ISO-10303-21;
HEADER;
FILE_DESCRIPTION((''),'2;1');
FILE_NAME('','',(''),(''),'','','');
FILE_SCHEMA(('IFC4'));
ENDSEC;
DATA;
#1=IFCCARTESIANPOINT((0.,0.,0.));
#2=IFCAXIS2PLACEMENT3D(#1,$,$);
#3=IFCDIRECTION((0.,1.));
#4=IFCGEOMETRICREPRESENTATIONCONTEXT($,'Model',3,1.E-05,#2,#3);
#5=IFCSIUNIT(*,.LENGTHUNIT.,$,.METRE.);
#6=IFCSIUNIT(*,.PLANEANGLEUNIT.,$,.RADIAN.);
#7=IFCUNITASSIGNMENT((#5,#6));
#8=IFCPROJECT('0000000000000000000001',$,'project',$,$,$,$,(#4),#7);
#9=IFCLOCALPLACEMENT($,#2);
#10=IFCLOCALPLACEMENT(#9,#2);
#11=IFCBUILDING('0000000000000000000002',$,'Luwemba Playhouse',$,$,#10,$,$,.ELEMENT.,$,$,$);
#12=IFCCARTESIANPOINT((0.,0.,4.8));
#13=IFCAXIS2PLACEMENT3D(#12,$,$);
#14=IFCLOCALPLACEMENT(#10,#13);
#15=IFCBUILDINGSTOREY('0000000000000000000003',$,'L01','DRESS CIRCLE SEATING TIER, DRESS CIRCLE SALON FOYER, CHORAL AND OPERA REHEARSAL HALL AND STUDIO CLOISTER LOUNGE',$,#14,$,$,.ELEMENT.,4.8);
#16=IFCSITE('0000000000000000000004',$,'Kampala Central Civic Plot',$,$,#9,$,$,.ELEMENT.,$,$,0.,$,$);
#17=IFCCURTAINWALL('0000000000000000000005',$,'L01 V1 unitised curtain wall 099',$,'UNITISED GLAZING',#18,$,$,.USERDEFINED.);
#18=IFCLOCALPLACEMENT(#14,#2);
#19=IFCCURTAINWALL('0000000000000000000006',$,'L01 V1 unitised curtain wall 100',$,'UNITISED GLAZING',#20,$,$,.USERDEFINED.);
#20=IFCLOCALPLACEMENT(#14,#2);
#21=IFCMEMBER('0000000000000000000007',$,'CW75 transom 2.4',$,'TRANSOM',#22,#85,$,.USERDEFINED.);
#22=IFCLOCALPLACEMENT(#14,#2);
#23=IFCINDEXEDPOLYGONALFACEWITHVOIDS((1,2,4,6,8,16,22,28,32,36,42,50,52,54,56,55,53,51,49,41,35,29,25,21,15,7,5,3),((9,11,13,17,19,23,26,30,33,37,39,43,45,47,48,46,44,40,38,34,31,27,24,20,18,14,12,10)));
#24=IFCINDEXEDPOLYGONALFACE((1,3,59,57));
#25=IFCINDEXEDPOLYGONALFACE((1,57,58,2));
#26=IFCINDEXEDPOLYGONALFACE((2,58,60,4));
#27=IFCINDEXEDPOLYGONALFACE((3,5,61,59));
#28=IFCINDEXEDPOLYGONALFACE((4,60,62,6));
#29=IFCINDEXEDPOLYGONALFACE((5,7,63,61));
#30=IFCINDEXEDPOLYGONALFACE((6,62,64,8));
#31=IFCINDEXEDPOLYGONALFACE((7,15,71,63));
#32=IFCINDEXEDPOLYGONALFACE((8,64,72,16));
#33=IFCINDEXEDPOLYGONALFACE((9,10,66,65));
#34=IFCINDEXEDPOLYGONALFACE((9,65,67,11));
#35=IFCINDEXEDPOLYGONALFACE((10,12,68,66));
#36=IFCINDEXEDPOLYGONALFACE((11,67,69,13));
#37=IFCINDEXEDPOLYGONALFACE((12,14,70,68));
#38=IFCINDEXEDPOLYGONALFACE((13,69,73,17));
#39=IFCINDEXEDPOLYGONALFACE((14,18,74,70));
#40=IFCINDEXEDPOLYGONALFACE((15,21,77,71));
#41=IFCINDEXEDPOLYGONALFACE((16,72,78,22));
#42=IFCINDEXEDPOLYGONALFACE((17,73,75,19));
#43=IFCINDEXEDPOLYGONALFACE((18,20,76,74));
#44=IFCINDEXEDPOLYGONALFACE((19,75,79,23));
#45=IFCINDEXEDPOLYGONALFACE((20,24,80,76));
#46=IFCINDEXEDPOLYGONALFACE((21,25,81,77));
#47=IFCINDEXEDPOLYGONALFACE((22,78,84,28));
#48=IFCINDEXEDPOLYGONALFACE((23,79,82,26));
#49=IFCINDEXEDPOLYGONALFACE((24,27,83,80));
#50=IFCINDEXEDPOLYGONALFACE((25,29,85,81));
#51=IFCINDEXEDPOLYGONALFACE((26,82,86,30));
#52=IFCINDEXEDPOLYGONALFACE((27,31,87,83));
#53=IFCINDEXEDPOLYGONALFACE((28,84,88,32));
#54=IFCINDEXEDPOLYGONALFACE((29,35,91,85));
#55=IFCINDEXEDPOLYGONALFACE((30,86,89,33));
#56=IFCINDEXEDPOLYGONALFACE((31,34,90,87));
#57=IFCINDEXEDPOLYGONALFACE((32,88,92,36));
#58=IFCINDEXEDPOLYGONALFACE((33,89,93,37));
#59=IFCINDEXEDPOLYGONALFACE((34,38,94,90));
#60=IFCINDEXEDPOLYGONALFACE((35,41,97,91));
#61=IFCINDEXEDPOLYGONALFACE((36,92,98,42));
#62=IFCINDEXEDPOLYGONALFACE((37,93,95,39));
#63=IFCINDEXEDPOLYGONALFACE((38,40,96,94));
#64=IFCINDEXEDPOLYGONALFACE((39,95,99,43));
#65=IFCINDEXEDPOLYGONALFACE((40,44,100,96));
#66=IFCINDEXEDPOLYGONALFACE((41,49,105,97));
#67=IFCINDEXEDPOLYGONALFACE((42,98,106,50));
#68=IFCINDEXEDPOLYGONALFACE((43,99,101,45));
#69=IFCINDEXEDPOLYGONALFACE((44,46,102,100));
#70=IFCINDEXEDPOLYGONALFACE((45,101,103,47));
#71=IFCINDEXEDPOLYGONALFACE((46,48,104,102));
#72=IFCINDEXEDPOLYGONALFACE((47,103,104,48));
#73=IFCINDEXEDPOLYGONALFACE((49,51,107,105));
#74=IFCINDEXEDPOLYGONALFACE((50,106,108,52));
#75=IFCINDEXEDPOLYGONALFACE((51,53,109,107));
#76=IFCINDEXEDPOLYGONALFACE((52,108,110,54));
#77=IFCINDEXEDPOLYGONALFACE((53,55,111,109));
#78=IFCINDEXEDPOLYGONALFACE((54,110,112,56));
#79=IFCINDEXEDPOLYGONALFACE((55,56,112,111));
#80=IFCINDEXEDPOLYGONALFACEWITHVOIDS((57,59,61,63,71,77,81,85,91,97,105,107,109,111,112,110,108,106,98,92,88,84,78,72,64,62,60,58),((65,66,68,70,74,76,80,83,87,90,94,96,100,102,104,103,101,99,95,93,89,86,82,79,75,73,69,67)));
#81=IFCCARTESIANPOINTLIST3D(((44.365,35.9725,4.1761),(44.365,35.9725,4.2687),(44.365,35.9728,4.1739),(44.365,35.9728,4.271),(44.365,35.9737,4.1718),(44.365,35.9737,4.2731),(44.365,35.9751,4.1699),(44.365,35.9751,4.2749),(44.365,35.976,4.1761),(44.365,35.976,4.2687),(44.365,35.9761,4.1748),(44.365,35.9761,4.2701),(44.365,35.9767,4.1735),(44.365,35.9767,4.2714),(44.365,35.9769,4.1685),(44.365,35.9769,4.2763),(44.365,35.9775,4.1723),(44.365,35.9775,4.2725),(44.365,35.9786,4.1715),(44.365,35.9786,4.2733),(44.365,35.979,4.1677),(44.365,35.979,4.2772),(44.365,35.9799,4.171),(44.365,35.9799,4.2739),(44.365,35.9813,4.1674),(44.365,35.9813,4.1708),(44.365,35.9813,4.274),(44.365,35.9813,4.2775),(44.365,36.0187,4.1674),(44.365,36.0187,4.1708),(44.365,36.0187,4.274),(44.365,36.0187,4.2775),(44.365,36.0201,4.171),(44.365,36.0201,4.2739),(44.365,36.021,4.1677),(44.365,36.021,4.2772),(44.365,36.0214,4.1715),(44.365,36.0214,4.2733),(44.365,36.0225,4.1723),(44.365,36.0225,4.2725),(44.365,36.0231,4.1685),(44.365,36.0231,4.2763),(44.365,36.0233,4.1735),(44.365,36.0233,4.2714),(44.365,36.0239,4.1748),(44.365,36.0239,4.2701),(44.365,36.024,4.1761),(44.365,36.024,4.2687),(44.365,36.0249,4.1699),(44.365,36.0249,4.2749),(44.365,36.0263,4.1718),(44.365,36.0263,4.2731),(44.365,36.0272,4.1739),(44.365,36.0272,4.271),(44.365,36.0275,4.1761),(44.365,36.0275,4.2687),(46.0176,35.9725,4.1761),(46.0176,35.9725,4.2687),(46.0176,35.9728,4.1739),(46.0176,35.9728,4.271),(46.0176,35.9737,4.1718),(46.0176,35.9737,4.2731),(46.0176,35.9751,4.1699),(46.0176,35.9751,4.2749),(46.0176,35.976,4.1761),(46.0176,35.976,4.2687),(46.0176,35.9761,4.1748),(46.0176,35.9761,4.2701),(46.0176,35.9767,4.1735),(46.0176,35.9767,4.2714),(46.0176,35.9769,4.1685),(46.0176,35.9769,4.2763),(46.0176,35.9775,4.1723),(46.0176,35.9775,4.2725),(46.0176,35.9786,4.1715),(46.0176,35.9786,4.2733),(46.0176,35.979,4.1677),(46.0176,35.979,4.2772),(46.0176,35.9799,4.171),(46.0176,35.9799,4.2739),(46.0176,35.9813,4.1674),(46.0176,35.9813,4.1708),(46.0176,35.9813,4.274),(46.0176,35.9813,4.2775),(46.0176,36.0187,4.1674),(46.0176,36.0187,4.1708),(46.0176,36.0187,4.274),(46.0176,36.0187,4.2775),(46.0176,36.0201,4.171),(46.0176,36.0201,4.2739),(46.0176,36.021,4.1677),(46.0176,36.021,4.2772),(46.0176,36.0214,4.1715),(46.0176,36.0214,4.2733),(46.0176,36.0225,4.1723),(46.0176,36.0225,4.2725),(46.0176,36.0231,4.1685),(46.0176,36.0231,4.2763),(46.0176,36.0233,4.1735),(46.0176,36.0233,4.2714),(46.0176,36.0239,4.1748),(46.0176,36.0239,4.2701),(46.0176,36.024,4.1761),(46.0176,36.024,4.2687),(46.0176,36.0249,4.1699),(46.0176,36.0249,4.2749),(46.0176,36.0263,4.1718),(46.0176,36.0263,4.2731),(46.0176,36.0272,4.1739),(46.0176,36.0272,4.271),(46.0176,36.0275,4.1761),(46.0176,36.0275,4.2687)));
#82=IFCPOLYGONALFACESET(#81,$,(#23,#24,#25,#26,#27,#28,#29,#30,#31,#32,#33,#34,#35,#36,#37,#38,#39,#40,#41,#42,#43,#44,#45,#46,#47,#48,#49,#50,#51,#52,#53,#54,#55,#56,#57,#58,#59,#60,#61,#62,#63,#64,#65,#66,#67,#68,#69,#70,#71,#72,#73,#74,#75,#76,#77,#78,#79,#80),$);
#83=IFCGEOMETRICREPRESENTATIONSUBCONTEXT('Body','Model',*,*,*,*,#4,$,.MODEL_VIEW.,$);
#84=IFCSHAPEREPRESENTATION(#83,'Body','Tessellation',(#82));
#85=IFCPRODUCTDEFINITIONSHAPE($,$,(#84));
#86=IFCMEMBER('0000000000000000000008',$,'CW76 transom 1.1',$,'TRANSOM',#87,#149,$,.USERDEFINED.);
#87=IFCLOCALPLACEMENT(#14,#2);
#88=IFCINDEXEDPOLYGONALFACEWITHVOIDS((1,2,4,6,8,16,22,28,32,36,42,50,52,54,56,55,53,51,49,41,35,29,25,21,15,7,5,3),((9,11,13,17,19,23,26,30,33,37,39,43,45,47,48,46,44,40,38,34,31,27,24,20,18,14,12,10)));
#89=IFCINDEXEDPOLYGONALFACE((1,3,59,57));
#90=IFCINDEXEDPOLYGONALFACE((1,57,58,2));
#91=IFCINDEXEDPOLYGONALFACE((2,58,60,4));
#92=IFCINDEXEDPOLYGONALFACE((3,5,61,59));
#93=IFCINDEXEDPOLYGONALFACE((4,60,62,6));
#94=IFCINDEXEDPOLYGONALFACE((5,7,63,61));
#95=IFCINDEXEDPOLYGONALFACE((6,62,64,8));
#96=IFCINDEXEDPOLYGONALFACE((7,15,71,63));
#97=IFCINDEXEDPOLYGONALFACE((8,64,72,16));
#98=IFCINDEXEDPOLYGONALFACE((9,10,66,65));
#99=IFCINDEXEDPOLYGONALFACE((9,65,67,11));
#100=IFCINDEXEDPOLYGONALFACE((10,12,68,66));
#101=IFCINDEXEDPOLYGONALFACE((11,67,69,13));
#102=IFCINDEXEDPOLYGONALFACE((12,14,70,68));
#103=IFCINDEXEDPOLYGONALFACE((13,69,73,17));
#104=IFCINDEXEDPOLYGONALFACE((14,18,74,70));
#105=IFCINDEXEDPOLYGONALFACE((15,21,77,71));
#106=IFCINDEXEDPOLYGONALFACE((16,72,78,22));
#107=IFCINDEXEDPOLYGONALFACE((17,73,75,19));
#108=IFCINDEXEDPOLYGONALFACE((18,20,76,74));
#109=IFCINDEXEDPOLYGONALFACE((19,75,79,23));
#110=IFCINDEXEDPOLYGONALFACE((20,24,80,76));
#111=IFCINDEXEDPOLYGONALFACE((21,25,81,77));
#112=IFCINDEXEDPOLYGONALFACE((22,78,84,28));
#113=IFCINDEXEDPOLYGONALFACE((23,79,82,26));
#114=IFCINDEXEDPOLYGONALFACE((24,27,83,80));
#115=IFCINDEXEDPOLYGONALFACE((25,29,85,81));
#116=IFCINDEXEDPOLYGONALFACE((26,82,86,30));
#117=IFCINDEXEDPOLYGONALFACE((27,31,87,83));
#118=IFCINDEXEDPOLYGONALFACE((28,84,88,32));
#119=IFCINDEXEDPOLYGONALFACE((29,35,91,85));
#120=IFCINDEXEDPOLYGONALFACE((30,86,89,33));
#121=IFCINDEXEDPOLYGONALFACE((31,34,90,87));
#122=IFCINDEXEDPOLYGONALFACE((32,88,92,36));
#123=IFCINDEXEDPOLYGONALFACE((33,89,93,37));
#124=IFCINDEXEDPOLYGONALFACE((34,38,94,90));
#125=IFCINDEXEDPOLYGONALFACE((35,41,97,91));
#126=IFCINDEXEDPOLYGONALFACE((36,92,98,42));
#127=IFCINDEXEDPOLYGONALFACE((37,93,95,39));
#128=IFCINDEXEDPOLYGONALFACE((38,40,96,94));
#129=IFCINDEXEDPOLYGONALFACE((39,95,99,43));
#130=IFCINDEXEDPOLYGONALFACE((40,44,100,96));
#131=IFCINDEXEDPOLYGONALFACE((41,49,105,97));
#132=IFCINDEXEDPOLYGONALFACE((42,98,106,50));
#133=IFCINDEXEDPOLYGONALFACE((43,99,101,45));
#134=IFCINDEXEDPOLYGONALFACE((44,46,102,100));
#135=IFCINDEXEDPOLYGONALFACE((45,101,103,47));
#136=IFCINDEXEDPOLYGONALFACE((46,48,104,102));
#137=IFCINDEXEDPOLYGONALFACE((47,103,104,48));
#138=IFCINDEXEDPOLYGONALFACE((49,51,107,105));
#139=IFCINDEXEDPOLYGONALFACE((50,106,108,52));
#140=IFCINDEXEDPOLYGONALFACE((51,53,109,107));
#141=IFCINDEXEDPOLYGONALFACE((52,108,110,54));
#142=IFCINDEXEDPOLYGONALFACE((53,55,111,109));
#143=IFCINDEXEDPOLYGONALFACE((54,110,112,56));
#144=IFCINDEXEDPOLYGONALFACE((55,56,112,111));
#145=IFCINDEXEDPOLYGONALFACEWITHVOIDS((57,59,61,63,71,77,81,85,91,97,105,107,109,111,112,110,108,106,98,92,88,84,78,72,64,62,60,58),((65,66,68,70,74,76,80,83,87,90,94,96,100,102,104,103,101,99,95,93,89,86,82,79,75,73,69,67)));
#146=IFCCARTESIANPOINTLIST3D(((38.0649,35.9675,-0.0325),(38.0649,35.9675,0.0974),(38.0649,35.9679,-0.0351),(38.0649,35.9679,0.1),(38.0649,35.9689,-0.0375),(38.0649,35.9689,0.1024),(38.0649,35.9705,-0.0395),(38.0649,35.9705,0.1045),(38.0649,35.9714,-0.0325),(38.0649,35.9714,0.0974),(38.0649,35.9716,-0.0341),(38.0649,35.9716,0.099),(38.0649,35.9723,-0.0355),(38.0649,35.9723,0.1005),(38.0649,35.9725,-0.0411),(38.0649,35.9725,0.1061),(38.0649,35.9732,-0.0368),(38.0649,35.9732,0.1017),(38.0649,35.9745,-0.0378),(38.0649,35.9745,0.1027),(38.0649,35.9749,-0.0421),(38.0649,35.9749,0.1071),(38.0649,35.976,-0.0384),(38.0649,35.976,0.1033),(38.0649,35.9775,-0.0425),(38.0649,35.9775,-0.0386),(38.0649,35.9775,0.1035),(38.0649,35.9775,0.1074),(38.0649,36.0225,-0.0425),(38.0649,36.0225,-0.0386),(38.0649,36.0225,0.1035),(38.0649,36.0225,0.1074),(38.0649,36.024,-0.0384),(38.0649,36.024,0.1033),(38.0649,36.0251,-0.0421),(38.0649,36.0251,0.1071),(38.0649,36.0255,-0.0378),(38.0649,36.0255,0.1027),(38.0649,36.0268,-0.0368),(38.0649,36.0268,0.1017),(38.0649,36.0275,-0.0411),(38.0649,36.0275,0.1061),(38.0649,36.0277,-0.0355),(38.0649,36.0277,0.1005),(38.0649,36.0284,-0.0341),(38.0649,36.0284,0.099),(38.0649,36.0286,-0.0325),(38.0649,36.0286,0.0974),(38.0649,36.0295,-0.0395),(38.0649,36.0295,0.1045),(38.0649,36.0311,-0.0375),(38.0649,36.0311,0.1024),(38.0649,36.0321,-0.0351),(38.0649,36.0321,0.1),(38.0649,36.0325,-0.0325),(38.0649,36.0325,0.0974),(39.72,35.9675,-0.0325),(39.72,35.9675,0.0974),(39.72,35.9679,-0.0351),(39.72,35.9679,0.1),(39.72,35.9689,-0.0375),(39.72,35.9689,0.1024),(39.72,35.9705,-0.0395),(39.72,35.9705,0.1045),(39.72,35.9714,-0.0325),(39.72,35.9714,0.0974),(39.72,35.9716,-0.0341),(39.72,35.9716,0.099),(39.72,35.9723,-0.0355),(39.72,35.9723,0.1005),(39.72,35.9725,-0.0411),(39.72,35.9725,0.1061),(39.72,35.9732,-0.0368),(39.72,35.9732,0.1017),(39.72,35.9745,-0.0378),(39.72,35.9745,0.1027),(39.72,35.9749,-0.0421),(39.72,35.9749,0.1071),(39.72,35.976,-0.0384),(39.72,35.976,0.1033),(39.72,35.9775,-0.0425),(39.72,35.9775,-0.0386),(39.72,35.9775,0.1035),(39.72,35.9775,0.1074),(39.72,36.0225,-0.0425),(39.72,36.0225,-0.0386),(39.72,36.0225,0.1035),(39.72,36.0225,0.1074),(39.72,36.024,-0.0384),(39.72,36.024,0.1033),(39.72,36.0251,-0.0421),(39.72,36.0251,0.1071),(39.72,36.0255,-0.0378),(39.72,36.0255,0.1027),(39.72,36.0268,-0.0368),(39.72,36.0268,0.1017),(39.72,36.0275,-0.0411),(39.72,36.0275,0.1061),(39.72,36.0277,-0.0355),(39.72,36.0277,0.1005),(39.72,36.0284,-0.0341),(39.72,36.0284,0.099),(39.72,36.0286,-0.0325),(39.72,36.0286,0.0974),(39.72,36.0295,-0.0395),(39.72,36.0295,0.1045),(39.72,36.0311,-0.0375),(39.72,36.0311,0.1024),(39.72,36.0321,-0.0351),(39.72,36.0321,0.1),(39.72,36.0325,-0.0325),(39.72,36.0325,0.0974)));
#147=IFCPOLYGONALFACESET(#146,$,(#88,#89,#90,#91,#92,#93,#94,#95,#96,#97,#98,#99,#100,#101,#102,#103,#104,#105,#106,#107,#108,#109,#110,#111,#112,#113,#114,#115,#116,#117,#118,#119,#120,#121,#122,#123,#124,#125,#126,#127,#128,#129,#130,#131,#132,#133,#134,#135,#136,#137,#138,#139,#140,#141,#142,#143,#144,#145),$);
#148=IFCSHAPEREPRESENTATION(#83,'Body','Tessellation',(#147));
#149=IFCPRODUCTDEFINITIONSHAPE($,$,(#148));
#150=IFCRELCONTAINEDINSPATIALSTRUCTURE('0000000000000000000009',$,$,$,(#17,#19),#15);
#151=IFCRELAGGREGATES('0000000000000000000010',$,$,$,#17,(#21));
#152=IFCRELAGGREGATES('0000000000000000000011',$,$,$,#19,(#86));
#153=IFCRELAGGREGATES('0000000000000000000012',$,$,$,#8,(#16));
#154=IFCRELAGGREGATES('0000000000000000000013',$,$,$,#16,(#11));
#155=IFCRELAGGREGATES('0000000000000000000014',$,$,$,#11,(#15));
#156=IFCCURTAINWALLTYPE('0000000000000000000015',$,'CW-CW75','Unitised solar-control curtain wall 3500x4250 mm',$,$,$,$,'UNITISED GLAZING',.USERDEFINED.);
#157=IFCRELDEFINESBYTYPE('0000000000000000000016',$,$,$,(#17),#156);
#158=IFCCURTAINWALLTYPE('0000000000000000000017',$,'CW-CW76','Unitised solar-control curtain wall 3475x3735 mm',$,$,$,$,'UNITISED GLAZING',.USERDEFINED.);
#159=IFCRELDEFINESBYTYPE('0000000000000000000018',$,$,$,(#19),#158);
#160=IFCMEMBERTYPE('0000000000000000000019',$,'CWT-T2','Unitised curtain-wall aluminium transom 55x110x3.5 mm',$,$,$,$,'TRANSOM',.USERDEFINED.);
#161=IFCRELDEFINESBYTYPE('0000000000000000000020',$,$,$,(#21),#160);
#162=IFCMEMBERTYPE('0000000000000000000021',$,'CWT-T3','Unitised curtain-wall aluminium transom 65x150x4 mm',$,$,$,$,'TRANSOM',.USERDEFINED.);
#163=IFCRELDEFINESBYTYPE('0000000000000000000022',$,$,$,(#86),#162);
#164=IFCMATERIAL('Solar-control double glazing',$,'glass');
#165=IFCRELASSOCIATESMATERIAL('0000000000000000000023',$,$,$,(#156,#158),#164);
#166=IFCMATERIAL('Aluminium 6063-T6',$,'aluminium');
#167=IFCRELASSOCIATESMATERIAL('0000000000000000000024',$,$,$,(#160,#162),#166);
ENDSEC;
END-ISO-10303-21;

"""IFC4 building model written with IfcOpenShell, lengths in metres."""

from ifc_helpers import new_model, si_unit, direction, frame, origin, origin_2d, place, context, subcontext, project, spatial, hollow_rectangle, extrude, material, material_profile, profile_set, type_object, element, aggregate, save


model = new_model("IFC4")

# Units and contexts
model_context = context("Model", 3, precision=1e-05, world=origin(), true_north=direction((0.0, 1.0)))
body_context = subcontext(model_context, "Body", "Model", "MODEL_VIEW")
ifc_project = project(units=[si_unit("LENGTHUNIT", "METRE"), si_unit("PLANEANGLEUNIT", "RADIAN")], contexts=[model_context])

# Site, building, storey
site_placement = place(None, origin())
site = spatial("IfcSite", under=ifc_project, at=site_placement, Name="Kampala Central Civic Plot", CompositionType="ELEMENT", RefElevation=0.0)
building_placement = place(site_placement, origin())
building = spatial("IfcBuilding", under=site, at=building_placement, Name="Luwemba Playhouse", CompositionType="ELEMENT")
storey_placement = place(building_placement, frame((0.0, 0.0, 4.8)))
storey = spatial("IfcBuildingStorey", under=building, at=storey_placement, Name="L01", Description="DRESS CIRCLE SEATING TIER, DRESS CIRCLE SALON FOYER, CHORAL AND OPERA REHEARSAL HALL AND STUDIO CLOISTER LOUNGE", CompositionType="ELEMENT", Elevation=4.8)

# Curtain wall
ifc_material_1 = material(Name="Solar-control double glazing", Category="glass")
curtain_wall_type_1 = type_object("IfcCurtainWallType", Name="CW-CW75", Description="Unitised solar-control curtain wall 3500x4250 mm", ElementType="UNITISED GLAZING", PredefinedType="USERDEFINED", material=ifc_material_1)
curtain_wall_1_placement = place(storey_placement, origin())
curtain_wall_1 = element("IfcCurtainWall", 1, at=curtain_wall_1_placement, inside=storey, type_object=curtain_wall_type_1, Name="L01 V1 unitised curtain wall 099", ObjectType="UNITISED GLAZING", PredefinedType="USERDEFINED")
ifc_material_2 = material(Name="Aluminium 6063-T6", Category="aluminium")

# Curtain wall
curtain_wall_type_2 = type_object("IfcCurtainWallType", Name="CW-CW76", Description="Unitised solar-control curtain wall 3475x3735 mm", ElementType="UNITISED GLAZING", PredefinedType="USERDEFINED", material=ifc_material_1)
curtain_wall_2_placement = place(storey_placement, origin())
curtain_wall_2 = element("IfcCurtainWall", 2, at=curtain_wall_2_placement, inside=storey, type_object=curtain_wall_type_2, Name="L01 V1 unitised curtain wall 100", ObjectType="UNITISED GLAZING", PredefinedType="USERDEFINED")

# Members
ifc_material_profile_1 = material_profile(ifc_material_2, hollow_rectangle(XDim=0.0549, YDim=0.1101, WallThickness=0.0034, InnerFilletRadius=0.0054, OuterFilletRadius=0.0088, at=origin_2d()))
ifc_profile_set_1 = profile_set([ifc_material_profile_1], Name="Aluminium 6063-T6")
member_type_1 = type_object("IfcMemberType", Name="CWT-T2", Description="Unitised curtain-wall aluminium transom 55x110x3.5 mm", ElementType="TRANSOM", PredefinedType="USERDEFINED", material=ifc_profile_set_1)
member_1_placement = place(storey_placement, frame((46.0176, 36.0, 4.2224), z_axis=(-1.0, 0.0, 0.0), x_axis=(0.0, -1.0, 0.0)))
member_1 = element("IfcMember", 3, at=member_1_placement, type_object=member_type_1, Name="CW75 transom 2.4", ObjectType="TRANSOM", PredefinedType="USERDEFINED", context=body_context, shape_type="SweptSolid", body=[
    extrude(hollow_rectangle(XDim=0.0549, YDim=0.1101, WallThickness=0.0034, InnerFilletRadius=0.0054, OuterFilletRadius=0.0088, at=origin_2d()), origin(), (0.0, 0.0, 1.0), 1.6526),
])
ifc_material_profile_2 = material_profile(ifc_material_2, hollow_rectangle(XDim=0.0649, YDim=0.1499, WallThickness=0.0039, InnerFilletRadius=0.0061, OuterFilletRadius=0.01, at=origin_2d()))
ifc_profile_set_2 = profile_set([ifc_material_profile_2], Name="Aluminium 6063-T6")
member_type_2 = type_object("IfcMemberType", Name="CWT-T3", Description="Unitised curtain-wall aluminium transom 65x150x4 mm", ElementType="TRANSOM", PredefinedType="USERDEFINED", material=ifc_profile_set_2)
member_2_placement = place(storey_placement, frame((39.72, 36.0, 0.0325), z_axis=(-1.0, 0.0, 0.0), x_axis=(0.0, -1.0, 0.0)))
member_2 = element("IfcMember", 4, at=member_2_placement, type_object=member_type_2, Name="CW76 transom 1.1", ObjectType="TRANSOM", PredefinedType="USERDEFINED", context=body_context, shape_type="SweptSolid", body=[
    extrude(hollow_rectangle(XDim=0.0649, YDim=0.1499, WallThickness=0.0039, InnerFilletRadius=0.0061, OuterFilletRadius=0.01, at=origin_2d()), origin(), (0.0, 0.0, 1.0), 1.655),
])

aggregate(curtain_wall_1, [member_1])
aggregate(curtain_wall_2, [member_2])

save(model, "model.ifc")
